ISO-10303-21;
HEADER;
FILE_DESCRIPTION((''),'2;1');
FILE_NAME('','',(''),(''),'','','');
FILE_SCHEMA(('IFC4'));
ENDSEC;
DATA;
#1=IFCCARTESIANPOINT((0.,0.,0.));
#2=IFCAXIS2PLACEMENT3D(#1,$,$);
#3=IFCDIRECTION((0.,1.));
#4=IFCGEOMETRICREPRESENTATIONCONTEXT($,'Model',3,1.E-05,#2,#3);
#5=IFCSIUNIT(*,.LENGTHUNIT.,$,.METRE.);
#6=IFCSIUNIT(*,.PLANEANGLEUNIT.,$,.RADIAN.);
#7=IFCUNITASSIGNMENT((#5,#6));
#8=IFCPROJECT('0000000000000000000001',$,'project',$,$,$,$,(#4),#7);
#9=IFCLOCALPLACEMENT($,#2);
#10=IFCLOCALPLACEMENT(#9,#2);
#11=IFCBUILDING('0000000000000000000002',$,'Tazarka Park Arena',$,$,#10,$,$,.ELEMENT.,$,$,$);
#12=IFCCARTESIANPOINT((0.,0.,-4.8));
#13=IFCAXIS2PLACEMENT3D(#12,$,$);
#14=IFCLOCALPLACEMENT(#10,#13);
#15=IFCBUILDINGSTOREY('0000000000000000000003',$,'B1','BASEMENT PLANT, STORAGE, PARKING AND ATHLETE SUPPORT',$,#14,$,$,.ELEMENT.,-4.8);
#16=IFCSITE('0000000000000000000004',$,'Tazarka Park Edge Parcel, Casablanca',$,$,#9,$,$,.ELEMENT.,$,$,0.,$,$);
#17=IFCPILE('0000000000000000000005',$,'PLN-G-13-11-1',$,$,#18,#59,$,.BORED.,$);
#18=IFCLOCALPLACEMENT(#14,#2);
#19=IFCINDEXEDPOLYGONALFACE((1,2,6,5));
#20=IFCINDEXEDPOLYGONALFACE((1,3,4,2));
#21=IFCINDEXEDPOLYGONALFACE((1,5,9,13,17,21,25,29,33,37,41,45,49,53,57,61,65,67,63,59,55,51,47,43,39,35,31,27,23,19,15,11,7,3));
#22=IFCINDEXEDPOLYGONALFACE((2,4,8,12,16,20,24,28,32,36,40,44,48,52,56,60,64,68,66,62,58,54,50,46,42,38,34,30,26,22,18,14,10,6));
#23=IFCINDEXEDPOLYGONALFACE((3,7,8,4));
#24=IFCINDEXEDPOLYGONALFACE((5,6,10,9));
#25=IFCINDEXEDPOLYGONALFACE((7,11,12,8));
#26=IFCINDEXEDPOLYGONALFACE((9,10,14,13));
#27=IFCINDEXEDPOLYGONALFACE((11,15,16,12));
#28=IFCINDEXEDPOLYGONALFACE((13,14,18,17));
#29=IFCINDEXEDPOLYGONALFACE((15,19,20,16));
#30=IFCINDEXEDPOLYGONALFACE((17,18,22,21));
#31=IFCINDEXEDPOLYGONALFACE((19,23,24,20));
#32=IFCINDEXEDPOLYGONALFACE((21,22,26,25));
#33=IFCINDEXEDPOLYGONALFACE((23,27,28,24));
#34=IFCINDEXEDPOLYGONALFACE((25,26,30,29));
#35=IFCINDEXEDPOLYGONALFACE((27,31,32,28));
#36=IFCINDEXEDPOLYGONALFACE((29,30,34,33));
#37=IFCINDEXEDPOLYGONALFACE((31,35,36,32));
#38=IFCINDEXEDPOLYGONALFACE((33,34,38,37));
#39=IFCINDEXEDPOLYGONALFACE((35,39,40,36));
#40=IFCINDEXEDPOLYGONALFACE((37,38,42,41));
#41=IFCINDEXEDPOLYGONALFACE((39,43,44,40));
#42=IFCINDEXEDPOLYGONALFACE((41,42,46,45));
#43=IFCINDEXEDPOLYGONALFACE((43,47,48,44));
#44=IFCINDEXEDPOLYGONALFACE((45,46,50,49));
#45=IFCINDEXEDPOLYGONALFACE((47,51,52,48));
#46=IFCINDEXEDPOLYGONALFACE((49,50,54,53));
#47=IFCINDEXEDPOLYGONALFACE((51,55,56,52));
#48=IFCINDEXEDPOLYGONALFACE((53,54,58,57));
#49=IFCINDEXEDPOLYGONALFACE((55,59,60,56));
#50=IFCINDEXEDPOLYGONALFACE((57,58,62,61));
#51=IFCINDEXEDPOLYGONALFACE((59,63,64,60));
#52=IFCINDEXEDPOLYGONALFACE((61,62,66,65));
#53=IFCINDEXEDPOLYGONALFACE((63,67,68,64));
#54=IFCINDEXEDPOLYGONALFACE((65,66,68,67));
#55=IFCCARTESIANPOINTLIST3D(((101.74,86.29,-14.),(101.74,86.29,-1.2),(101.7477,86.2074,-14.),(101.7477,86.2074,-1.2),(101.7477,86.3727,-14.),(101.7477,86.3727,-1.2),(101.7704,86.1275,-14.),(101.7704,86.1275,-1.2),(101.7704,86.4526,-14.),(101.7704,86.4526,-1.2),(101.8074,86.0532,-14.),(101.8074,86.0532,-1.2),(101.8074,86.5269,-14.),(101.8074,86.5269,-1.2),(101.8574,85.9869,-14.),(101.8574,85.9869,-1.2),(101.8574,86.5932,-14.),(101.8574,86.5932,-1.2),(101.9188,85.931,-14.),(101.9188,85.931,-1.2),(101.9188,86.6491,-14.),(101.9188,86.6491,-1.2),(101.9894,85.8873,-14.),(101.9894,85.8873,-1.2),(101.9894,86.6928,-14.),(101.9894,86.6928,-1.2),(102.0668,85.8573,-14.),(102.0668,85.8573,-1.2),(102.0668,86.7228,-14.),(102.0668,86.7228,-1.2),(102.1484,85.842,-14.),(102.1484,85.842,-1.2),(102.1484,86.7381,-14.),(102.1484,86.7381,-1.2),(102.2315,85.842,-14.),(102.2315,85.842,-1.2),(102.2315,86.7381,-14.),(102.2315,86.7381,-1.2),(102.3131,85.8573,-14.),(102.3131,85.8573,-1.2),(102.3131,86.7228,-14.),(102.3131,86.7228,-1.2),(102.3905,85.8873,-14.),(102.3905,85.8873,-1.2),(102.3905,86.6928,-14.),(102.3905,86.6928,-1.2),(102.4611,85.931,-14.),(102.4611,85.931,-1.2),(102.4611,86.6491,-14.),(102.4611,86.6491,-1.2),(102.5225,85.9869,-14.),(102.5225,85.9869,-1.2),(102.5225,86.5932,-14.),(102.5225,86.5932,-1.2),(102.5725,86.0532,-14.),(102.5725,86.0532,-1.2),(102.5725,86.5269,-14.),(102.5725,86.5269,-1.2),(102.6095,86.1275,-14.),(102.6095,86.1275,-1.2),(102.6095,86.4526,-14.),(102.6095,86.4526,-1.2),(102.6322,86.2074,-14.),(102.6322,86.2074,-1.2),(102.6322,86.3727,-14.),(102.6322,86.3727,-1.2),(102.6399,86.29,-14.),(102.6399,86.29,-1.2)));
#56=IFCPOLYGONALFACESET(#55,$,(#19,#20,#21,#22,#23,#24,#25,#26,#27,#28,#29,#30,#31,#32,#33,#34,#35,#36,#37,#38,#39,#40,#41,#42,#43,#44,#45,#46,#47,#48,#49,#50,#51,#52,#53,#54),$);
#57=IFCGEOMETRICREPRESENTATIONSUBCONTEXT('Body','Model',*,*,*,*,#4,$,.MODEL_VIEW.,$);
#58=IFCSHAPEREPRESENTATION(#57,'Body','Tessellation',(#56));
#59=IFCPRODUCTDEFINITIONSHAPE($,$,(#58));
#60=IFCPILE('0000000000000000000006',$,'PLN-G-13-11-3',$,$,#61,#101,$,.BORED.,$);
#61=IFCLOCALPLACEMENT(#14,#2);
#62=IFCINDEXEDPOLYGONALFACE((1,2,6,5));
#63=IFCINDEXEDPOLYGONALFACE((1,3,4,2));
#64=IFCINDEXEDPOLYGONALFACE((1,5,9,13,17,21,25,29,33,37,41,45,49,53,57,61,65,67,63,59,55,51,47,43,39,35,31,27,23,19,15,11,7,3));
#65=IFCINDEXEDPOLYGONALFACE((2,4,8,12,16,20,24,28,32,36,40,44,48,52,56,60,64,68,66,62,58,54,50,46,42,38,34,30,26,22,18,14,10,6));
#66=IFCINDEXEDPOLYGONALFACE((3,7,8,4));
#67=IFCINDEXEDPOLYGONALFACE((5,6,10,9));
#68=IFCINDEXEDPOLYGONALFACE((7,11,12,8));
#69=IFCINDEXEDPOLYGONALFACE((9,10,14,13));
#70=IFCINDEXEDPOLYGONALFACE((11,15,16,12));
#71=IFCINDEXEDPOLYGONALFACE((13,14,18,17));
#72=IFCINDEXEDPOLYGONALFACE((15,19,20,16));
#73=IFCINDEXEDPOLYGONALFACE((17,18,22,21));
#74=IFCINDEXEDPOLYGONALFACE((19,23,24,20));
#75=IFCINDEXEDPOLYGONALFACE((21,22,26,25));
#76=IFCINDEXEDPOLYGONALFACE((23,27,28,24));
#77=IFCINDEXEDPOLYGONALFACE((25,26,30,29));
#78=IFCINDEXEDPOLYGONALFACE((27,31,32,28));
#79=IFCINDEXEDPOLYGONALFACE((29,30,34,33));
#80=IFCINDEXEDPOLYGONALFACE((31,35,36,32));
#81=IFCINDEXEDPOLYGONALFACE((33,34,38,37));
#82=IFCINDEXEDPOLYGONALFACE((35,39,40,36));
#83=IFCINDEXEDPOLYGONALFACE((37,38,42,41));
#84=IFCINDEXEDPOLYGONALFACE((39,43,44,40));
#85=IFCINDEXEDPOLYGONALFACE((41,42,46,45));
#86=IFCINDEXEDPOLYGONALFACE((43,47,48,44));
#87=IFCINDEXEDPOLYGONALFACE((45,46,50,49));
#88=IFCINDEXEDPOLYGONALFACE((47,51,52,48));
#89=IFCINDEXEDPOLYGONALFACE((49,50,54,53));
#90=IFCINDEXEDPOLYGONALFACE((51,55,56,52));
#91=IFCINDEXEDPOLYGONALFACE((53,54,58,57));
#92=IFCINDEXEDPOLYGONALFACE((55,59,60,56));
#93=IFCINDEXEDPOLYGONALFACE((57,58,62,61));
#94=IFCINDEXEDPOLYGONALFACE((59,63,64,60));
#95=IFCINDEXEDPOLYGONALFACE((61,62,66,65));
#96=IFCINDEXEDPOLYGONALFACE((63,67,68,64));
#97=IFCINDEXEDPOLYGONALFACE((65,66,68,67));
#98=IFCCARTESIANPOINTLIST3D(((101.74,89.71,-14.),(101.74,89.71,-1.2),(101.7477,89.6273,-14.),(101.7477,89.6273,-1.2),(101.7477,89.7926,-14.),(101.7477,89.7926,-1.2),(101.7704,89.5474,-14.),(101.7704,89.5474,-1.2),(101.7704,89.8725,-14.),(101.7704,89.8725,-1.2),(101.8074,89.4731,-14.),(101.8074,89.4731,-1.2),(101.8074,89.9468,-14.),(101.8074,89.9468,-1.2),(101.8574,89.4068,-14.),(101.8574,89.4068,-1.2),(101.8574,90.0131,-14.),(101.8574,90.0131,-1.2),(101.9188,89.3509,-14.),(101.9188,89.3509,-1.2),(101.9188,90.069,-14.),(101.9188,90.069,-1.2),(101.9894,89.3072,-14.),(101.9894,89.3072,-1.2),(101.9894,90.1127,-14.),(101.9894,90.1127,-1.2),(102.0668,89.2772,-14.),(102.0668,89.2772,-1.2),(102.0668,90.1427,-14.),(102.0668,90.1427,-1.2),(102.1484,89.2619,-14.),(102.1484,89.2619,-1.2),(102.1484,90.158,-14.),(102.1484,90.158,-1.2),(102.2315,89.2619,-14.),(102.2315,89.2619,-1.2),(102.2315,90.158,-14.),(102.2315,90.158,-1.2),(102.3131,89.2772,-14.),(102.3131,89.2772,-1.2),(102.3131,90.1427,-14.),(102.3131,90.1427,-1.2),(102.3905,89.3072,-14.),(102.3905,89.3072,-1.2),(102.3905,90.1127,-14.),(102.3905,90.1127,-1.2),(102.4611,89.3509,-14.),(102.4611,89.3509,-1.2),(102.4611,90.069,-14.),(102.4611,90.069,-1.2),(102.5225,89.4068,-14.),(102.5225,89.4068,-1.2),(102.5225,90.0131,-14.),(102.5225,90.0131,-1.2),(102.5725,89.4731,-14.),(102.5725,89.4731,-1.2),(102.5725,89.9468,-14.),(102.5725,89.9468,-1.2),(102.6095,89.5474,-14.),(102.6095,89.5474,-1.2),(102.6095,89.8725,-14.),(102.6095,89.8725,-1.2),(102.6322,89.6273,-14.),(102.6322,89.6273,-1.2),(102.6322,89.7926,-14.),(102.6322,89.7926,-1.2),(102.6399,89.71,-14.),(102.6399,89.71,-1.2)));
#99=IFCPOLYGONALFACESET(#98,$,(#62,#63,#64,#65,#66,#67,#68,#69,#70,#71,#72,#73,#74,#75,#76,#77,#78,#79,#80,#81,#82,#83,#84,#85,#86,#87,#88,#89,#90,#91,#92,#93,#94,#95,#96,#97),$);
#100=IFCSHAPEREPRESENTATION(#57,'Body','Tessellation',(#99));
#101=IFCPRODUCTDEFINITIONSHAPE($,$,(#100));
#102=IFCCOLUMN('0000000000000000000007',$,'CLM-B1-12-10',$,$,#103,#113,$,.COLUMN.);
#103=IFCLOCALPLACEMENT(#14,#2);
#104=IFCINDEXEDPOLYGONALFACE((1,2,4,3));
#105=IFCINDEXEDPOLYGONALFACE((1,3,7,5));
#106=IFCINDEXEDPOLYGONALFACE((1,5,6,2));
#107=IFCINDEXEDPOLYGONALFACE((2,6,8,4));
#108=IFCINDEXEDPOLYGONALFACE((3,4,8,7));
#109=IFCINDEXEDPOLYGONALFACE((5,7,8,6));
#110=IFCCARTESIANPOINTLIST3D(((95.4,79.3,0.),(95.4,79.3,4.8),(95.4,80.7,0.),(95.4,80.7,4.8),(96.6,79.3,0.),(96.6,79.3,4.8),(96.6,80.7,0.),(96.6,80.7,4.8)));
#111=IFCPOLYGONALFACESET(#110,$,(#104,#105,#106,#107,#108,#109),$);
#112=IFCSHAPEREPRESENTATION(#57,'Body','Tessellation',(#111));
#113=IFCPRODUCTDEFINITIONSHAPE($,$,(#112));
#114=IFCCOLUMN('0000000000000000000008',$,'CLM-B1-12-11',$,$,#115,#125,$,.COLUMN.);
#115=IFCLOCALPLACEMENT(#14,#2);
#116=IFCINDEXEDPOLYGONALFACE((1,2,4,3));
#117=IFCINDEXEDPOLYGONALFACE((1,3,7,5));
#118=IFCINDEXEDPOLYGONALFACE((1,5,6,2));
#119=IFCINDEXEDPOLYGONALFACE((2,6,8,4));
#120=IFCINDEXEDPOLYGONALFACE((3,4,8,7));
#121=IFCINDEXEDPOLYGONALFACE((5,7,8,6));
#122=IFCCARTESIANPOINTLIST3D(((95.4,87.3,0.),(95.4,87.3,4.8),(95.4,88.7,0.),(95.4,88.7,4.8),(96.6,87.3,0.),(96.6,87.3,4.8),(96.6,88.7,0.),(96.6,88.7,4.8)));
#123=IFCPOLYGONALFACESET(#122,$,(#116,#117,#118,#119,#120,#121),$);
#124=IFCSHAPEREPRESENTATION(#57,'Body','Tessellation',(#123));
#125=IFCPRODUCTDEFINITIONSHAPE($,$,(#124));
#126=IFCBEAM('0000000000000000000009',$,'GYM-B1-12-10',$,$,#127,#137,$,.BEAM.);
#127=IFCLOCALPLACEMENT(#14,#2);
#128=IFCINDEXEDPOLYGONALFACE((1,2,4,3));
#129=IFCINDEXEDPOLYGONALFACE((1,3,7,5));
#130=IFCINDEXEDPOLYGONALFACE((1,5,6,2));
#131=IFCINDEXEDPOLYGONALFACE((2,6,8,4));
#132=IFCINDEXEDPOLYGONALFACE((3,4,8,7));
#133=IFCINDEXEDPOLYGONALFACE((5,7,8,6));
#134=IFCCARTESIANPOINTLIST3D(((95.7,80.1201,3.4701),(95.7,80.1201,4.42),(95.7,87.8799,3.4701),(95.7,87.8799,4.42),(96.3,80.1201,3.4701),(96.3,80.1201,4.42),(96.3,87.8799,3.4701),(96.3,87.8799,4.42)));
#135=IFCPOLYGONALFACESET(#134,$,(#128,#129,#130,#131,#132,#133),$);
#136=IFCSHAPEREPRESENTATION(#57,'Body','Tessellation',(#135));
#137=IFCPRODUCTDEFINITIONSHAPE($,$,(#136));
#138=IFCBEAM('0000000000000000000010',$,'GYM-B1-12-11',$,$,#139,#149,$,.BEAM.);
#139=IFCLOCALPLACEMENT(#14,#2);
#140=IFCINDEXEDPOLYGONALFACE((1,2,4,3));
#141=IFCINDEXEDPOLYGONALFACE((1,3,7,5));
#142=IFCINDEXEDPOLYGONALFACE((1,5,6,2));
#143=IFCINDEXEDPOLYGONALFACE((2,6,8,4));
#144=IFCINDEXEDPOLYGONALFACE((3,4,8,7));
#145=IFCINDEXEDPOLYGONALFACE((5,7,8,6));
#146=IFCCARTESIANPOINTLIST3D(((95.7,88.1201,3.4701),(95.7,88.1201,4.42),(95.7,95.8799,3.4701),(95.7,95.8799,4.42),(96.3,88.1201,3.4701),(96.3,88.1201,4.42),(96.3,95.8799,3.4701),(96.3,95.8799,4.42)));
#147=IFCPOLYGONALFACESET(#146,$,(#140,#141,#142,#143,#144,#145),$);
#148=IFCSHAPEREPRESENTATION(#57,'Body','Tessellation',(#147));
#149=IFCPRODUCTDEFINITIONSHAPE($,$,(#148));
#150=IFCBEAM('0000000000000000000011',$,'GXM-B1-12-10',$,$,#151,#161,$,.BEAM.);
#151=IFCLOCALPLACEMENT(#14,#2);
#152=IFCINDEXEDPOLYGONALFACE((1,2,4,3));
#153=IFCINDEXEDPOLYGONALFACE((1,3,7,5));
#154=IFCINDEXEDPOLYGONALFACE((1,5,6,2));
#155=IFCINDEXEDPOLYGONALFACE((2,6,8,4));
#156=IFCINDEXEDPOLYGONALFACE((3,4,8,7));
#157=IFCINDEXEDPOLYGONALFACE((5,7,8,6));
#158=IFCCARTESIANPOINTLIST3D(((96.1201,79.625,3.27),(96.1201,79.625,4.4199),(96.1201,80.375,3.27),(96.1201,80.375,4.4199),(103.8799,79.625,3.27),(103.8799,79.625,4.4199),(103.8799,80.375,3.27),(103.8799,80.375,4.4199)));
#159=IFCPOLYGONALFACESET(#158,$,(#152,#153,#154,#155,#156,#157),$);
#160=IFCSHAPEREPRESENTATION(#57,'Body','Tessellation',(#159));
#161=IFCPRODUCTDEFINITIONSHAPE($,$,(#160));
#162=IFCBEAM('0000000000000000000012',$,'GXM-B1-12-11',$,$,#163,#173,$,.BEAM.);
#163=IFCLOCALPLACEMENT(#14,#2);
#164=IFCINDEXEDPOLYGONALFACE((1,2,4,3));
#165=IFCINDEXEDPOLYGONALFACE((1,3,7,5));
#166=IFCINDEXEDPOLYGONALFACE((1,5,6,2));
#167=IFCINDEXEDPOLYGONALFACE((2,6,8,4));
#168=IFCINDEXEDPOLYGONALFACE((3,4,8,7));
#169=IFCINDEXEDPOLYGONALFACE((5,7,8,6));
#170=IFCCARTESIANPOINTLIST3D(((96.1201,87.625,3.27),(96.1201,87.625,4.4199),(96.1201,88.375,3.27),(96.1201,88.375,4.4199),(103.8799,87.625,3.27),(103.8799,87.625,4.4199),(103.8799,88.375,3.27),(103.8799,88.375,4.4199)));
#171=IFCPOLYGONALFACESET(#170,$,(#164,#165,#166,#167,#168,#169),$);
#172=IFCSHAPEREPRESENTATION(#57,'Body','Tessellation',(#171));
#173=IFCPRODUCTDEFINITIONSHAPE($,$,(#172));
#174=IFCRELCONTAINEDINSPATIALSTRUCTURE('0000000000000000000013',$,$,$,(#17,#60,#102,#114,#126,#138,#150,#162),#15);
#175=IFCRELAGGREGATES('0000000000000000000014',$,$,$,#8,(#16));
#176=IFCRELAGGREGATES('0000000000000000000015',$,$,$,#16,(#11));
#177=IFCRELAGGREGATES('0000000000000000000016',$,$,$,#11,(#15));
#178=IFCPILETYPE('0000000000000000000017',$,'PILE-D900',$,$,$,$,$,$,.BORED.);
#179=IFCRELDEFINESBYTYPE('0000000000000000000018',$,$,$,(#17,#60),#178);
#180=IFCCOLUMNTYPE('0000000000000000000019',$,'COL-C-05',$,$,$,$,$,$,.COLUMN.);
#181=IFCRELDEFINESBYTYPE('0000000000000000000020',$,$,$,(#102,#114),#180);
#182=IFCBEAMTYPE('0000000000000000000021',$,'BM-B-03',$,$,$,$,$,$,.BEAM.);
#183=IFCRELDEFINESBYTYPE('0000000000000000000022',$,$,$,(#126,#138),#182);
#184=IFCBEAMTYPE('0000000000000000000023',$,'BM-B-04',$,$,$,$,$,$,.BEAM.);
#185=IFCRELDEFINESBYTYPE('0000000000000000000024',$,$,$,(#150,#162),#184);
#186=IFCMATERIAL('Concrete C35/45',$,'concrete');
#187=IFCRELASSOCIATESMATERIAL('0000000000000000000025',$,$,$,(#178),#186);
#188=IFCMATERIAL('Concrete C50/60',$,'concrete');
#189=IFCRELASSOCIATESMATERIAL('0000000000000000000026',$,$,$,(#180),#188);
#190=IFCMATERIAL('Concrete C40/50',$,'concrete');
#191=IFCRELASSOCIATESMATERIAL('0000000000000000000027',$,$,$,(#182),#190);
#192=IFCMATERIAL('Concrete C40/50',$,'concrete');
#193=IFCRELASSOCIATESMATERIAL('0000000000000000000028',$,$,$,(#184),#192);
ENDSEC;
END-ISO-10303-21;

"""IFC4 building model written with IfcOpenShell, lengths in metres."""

from ifc_helpers import new_model, si_unit, direction, frame, origin, origin_2d, place, context, subcontext, project, spatial, rectangle, circle, extrude, material, material_profile, profile_set, type_object, element, save


model = new_model("IFC4")

# Units and contexts
model_context = context("Model", 3, precision=1e-05, world=origin(), true_north=direction((0.0, 1.0)))
body_context = subcontext(model_context, "Body", "Model", "MODEL_VIEW")
ifc_project = project(units=[si_unit("LENGTHUNIT", "METRE"), si_unit("PLANEANGLEUNIT", "RADIAN")], contexts=[model_context])

# Site, building, storey
site_placement = place(None, origin())
site = spatial("IfcSite", under=ifc_project, at=site_placement, Name="Tazarka Park Edge Parcel, Casablanca", CompositionType="ELEMENT", RefElevation=0.0)
building_placement = place(site_placement, origin())
building = spatial("IfcBuilding", under=site, at=building_placement, Name="Tazarka Park Arena", CompositionType="ELEMENT")
storey_placement = place(building_placement, frame((0.0, 0.0, -4.8)))
storey = spatial("IfcBuildingStorey", under=building, at=storey_placement, Name="B1", Description="BASEMENT PLANT, STORAGE, PARKING AND ATHLETE SUPPORT", CompositionType="ELEMENT", Elevation=-4.8)

# Piles
ifc_material_1 = material(Name="Concrete C35/45", Category="concrete")
ifc_material_profile_1 = material_profile(ifc_material_1, circle(Radius=0.45, at=origin_2d()), Name="Concrete C35/45")
ifc_profile_set_1 = profile_set([ifc_material_profile_1], Name="Concrete C35/45")
pile_type_1 = type_object("IfcPileType", Name="PILE-D900", PredefinedType="BORED", material=ifc_profile_set_1)
for number, where, z_axis, x_axis, name in (
    (1, (102.1899, 86.29, -1.2), (0.0, 0.0, -1.0), (1.0, 0.0, 0.0), "PLN-G-13-11-1"),
    (2, (102.1899, 89.71, -1.2), (0.0, 0.0, -1.0), (1.0, 0.0, 0.0), "PLN-G-13-11-3"),
):
    element("IfcPile", number, at=place(storey_placement, frame(where, z_axis=z_axis, x_axis=x_axis)), inside=storey, type_object=pile_type_1, Name=name, PredefinedType="BORED", context=body_context, shape_type="SweptSolid", body=[
        extrude(circle(Radius=0.45, at=origin_2d()), origin(), (0.0, 0.0, 1.0), 12.8),
    ])

# Columns
ifc_material_2 = material(Name="Concrete C50/60", Category="concrete")
ifc_material_profile_2 = material_profile(ifc_material_2, rectangle(XDim=1.2, YDim=1.3999, at=origin_2d()), Name="Concrete C50/60")
ifc_profile_set_2 = profile_set([ifc_material_profile_2], Name="Concrete C50/60")
column_type = type_object("IfcColumnType", Name="COL-C-05", PredefinedType="COLUMN", material=ifc_profile_set_2)
for number, where, z_axis, x_axis, name in (
    (3, (96.0, 80.0, 0.0), (0.0, 0.0, 1.0), (1.0, 0.0, 0.0), "CLM-B1-12-10"),
    (4, (96.0, 88.0, 0.0), (0.0, 0.0, 1.0), (1.0, 0.0, 0.0), "CLM-B1-12-11"),
):
    element("IfcColumn", number, at=place(storey_placement, frame(where, z_axis=z_axis, x_axis=x_axis)), inside=storey, type_object=column_type, Name=name, PredefinedType="COLUMN", context=body_context, shape_type="SweptSolid", body=[
        extrude(rectangle(XDim=1.2, YDim=1.3999, at=origin_2d()), origin(), (0.0, 0.0, 1.0), 4.8),
    ])

# Beams
ifc_material_3 = material(Name="Concrete C40/50", Category="concrete")
ifc_material_profile_3 = material_profile(ifc_material_3, rectangle(XDim=0.6001, YDim=0.95, at=origin_2d()), Name="Concrete C40/50")
ifc_profile_set_3 = profile_set([ifc_material_profile_3], Name="Concrete C40/50")
beam_type_1 = type_object("IfcBeamType", Name="BM-B-03", PredefinedType="BEAM", material=ifc_profile_set_3)
for number, where, z_axis, x_axis, name in (
    (5, (96.0, 80.1201, 3.9451), (0.0, 1.0, 0.0), (-1.0, 0.0, 0.0), "GYM-B1-12-10"),
    (6, (96.0, 88.1201, 3.9451), (0.0, 1.0, 0.0), (-1.0, 0.0, 0.0), "GYM-B1-12-11"),
):
    element("IfcBeam", number, at=place(storey_placement, frame(where, z_axis=z_axis, x_axis=x_axis)), inside=storey, type_object=beam_type_1, Name=name, PredefinedType="BEAM", context=body_context, shape_type="SweptSolid", body=[
        extrude(rectangle(XDim=0.6001, YDim=0.95, at=origin_2d()), origin(), (0.0, 0.0, 1.0), 7.7598),
    ])
ifc_material_4 = material(Name="Concrete C40/50", Category="concrete")
ifc_material_profile_4 = material_profile(ifc_material_4, rectangle(XDim=0.75, YDim=1.1499, at=origin_2d()), Name="Concrete C40/50")
ifc_profile_set_4 = profile_set([ifc_material_profile_4], Name="Concrete C40/50")
beam_type_2 = type_object("IfcBeamType", Name="BM-B-04", PredefinedType="BEAM", material=ifc_profile_set_4)
for number, where, z_axis, x_axis, name in (
    (7, (96.1201, 80.0, 3.845), (1.0, 0.0, 0.0), (0.0, 1.0, 0.0), "GXM-B1-12-10"),
    (8, (96.1201, 88.0, 3.845), (1.0, 0.0, 0.0), (0.0, 1.0, 0.0), "GXM-B1-12-11"),
):
    element("IfcBeam", number, at=place(storey_placement, frame(where, z_axis=z_axis, x_axis=x_axis)), inside=storey, type_object=beam_type_2, Name=name, PredefinedType="BEAM", context=body_context, shape_type="SweptSolid", body=[
        extrude(rectangle(XDim=0.75, YDim=1.1499, at=origin_2d()), origin(), (0.0, 0.0, 1.0), 7.7598),
    ])

save(model, "model.ifc")
